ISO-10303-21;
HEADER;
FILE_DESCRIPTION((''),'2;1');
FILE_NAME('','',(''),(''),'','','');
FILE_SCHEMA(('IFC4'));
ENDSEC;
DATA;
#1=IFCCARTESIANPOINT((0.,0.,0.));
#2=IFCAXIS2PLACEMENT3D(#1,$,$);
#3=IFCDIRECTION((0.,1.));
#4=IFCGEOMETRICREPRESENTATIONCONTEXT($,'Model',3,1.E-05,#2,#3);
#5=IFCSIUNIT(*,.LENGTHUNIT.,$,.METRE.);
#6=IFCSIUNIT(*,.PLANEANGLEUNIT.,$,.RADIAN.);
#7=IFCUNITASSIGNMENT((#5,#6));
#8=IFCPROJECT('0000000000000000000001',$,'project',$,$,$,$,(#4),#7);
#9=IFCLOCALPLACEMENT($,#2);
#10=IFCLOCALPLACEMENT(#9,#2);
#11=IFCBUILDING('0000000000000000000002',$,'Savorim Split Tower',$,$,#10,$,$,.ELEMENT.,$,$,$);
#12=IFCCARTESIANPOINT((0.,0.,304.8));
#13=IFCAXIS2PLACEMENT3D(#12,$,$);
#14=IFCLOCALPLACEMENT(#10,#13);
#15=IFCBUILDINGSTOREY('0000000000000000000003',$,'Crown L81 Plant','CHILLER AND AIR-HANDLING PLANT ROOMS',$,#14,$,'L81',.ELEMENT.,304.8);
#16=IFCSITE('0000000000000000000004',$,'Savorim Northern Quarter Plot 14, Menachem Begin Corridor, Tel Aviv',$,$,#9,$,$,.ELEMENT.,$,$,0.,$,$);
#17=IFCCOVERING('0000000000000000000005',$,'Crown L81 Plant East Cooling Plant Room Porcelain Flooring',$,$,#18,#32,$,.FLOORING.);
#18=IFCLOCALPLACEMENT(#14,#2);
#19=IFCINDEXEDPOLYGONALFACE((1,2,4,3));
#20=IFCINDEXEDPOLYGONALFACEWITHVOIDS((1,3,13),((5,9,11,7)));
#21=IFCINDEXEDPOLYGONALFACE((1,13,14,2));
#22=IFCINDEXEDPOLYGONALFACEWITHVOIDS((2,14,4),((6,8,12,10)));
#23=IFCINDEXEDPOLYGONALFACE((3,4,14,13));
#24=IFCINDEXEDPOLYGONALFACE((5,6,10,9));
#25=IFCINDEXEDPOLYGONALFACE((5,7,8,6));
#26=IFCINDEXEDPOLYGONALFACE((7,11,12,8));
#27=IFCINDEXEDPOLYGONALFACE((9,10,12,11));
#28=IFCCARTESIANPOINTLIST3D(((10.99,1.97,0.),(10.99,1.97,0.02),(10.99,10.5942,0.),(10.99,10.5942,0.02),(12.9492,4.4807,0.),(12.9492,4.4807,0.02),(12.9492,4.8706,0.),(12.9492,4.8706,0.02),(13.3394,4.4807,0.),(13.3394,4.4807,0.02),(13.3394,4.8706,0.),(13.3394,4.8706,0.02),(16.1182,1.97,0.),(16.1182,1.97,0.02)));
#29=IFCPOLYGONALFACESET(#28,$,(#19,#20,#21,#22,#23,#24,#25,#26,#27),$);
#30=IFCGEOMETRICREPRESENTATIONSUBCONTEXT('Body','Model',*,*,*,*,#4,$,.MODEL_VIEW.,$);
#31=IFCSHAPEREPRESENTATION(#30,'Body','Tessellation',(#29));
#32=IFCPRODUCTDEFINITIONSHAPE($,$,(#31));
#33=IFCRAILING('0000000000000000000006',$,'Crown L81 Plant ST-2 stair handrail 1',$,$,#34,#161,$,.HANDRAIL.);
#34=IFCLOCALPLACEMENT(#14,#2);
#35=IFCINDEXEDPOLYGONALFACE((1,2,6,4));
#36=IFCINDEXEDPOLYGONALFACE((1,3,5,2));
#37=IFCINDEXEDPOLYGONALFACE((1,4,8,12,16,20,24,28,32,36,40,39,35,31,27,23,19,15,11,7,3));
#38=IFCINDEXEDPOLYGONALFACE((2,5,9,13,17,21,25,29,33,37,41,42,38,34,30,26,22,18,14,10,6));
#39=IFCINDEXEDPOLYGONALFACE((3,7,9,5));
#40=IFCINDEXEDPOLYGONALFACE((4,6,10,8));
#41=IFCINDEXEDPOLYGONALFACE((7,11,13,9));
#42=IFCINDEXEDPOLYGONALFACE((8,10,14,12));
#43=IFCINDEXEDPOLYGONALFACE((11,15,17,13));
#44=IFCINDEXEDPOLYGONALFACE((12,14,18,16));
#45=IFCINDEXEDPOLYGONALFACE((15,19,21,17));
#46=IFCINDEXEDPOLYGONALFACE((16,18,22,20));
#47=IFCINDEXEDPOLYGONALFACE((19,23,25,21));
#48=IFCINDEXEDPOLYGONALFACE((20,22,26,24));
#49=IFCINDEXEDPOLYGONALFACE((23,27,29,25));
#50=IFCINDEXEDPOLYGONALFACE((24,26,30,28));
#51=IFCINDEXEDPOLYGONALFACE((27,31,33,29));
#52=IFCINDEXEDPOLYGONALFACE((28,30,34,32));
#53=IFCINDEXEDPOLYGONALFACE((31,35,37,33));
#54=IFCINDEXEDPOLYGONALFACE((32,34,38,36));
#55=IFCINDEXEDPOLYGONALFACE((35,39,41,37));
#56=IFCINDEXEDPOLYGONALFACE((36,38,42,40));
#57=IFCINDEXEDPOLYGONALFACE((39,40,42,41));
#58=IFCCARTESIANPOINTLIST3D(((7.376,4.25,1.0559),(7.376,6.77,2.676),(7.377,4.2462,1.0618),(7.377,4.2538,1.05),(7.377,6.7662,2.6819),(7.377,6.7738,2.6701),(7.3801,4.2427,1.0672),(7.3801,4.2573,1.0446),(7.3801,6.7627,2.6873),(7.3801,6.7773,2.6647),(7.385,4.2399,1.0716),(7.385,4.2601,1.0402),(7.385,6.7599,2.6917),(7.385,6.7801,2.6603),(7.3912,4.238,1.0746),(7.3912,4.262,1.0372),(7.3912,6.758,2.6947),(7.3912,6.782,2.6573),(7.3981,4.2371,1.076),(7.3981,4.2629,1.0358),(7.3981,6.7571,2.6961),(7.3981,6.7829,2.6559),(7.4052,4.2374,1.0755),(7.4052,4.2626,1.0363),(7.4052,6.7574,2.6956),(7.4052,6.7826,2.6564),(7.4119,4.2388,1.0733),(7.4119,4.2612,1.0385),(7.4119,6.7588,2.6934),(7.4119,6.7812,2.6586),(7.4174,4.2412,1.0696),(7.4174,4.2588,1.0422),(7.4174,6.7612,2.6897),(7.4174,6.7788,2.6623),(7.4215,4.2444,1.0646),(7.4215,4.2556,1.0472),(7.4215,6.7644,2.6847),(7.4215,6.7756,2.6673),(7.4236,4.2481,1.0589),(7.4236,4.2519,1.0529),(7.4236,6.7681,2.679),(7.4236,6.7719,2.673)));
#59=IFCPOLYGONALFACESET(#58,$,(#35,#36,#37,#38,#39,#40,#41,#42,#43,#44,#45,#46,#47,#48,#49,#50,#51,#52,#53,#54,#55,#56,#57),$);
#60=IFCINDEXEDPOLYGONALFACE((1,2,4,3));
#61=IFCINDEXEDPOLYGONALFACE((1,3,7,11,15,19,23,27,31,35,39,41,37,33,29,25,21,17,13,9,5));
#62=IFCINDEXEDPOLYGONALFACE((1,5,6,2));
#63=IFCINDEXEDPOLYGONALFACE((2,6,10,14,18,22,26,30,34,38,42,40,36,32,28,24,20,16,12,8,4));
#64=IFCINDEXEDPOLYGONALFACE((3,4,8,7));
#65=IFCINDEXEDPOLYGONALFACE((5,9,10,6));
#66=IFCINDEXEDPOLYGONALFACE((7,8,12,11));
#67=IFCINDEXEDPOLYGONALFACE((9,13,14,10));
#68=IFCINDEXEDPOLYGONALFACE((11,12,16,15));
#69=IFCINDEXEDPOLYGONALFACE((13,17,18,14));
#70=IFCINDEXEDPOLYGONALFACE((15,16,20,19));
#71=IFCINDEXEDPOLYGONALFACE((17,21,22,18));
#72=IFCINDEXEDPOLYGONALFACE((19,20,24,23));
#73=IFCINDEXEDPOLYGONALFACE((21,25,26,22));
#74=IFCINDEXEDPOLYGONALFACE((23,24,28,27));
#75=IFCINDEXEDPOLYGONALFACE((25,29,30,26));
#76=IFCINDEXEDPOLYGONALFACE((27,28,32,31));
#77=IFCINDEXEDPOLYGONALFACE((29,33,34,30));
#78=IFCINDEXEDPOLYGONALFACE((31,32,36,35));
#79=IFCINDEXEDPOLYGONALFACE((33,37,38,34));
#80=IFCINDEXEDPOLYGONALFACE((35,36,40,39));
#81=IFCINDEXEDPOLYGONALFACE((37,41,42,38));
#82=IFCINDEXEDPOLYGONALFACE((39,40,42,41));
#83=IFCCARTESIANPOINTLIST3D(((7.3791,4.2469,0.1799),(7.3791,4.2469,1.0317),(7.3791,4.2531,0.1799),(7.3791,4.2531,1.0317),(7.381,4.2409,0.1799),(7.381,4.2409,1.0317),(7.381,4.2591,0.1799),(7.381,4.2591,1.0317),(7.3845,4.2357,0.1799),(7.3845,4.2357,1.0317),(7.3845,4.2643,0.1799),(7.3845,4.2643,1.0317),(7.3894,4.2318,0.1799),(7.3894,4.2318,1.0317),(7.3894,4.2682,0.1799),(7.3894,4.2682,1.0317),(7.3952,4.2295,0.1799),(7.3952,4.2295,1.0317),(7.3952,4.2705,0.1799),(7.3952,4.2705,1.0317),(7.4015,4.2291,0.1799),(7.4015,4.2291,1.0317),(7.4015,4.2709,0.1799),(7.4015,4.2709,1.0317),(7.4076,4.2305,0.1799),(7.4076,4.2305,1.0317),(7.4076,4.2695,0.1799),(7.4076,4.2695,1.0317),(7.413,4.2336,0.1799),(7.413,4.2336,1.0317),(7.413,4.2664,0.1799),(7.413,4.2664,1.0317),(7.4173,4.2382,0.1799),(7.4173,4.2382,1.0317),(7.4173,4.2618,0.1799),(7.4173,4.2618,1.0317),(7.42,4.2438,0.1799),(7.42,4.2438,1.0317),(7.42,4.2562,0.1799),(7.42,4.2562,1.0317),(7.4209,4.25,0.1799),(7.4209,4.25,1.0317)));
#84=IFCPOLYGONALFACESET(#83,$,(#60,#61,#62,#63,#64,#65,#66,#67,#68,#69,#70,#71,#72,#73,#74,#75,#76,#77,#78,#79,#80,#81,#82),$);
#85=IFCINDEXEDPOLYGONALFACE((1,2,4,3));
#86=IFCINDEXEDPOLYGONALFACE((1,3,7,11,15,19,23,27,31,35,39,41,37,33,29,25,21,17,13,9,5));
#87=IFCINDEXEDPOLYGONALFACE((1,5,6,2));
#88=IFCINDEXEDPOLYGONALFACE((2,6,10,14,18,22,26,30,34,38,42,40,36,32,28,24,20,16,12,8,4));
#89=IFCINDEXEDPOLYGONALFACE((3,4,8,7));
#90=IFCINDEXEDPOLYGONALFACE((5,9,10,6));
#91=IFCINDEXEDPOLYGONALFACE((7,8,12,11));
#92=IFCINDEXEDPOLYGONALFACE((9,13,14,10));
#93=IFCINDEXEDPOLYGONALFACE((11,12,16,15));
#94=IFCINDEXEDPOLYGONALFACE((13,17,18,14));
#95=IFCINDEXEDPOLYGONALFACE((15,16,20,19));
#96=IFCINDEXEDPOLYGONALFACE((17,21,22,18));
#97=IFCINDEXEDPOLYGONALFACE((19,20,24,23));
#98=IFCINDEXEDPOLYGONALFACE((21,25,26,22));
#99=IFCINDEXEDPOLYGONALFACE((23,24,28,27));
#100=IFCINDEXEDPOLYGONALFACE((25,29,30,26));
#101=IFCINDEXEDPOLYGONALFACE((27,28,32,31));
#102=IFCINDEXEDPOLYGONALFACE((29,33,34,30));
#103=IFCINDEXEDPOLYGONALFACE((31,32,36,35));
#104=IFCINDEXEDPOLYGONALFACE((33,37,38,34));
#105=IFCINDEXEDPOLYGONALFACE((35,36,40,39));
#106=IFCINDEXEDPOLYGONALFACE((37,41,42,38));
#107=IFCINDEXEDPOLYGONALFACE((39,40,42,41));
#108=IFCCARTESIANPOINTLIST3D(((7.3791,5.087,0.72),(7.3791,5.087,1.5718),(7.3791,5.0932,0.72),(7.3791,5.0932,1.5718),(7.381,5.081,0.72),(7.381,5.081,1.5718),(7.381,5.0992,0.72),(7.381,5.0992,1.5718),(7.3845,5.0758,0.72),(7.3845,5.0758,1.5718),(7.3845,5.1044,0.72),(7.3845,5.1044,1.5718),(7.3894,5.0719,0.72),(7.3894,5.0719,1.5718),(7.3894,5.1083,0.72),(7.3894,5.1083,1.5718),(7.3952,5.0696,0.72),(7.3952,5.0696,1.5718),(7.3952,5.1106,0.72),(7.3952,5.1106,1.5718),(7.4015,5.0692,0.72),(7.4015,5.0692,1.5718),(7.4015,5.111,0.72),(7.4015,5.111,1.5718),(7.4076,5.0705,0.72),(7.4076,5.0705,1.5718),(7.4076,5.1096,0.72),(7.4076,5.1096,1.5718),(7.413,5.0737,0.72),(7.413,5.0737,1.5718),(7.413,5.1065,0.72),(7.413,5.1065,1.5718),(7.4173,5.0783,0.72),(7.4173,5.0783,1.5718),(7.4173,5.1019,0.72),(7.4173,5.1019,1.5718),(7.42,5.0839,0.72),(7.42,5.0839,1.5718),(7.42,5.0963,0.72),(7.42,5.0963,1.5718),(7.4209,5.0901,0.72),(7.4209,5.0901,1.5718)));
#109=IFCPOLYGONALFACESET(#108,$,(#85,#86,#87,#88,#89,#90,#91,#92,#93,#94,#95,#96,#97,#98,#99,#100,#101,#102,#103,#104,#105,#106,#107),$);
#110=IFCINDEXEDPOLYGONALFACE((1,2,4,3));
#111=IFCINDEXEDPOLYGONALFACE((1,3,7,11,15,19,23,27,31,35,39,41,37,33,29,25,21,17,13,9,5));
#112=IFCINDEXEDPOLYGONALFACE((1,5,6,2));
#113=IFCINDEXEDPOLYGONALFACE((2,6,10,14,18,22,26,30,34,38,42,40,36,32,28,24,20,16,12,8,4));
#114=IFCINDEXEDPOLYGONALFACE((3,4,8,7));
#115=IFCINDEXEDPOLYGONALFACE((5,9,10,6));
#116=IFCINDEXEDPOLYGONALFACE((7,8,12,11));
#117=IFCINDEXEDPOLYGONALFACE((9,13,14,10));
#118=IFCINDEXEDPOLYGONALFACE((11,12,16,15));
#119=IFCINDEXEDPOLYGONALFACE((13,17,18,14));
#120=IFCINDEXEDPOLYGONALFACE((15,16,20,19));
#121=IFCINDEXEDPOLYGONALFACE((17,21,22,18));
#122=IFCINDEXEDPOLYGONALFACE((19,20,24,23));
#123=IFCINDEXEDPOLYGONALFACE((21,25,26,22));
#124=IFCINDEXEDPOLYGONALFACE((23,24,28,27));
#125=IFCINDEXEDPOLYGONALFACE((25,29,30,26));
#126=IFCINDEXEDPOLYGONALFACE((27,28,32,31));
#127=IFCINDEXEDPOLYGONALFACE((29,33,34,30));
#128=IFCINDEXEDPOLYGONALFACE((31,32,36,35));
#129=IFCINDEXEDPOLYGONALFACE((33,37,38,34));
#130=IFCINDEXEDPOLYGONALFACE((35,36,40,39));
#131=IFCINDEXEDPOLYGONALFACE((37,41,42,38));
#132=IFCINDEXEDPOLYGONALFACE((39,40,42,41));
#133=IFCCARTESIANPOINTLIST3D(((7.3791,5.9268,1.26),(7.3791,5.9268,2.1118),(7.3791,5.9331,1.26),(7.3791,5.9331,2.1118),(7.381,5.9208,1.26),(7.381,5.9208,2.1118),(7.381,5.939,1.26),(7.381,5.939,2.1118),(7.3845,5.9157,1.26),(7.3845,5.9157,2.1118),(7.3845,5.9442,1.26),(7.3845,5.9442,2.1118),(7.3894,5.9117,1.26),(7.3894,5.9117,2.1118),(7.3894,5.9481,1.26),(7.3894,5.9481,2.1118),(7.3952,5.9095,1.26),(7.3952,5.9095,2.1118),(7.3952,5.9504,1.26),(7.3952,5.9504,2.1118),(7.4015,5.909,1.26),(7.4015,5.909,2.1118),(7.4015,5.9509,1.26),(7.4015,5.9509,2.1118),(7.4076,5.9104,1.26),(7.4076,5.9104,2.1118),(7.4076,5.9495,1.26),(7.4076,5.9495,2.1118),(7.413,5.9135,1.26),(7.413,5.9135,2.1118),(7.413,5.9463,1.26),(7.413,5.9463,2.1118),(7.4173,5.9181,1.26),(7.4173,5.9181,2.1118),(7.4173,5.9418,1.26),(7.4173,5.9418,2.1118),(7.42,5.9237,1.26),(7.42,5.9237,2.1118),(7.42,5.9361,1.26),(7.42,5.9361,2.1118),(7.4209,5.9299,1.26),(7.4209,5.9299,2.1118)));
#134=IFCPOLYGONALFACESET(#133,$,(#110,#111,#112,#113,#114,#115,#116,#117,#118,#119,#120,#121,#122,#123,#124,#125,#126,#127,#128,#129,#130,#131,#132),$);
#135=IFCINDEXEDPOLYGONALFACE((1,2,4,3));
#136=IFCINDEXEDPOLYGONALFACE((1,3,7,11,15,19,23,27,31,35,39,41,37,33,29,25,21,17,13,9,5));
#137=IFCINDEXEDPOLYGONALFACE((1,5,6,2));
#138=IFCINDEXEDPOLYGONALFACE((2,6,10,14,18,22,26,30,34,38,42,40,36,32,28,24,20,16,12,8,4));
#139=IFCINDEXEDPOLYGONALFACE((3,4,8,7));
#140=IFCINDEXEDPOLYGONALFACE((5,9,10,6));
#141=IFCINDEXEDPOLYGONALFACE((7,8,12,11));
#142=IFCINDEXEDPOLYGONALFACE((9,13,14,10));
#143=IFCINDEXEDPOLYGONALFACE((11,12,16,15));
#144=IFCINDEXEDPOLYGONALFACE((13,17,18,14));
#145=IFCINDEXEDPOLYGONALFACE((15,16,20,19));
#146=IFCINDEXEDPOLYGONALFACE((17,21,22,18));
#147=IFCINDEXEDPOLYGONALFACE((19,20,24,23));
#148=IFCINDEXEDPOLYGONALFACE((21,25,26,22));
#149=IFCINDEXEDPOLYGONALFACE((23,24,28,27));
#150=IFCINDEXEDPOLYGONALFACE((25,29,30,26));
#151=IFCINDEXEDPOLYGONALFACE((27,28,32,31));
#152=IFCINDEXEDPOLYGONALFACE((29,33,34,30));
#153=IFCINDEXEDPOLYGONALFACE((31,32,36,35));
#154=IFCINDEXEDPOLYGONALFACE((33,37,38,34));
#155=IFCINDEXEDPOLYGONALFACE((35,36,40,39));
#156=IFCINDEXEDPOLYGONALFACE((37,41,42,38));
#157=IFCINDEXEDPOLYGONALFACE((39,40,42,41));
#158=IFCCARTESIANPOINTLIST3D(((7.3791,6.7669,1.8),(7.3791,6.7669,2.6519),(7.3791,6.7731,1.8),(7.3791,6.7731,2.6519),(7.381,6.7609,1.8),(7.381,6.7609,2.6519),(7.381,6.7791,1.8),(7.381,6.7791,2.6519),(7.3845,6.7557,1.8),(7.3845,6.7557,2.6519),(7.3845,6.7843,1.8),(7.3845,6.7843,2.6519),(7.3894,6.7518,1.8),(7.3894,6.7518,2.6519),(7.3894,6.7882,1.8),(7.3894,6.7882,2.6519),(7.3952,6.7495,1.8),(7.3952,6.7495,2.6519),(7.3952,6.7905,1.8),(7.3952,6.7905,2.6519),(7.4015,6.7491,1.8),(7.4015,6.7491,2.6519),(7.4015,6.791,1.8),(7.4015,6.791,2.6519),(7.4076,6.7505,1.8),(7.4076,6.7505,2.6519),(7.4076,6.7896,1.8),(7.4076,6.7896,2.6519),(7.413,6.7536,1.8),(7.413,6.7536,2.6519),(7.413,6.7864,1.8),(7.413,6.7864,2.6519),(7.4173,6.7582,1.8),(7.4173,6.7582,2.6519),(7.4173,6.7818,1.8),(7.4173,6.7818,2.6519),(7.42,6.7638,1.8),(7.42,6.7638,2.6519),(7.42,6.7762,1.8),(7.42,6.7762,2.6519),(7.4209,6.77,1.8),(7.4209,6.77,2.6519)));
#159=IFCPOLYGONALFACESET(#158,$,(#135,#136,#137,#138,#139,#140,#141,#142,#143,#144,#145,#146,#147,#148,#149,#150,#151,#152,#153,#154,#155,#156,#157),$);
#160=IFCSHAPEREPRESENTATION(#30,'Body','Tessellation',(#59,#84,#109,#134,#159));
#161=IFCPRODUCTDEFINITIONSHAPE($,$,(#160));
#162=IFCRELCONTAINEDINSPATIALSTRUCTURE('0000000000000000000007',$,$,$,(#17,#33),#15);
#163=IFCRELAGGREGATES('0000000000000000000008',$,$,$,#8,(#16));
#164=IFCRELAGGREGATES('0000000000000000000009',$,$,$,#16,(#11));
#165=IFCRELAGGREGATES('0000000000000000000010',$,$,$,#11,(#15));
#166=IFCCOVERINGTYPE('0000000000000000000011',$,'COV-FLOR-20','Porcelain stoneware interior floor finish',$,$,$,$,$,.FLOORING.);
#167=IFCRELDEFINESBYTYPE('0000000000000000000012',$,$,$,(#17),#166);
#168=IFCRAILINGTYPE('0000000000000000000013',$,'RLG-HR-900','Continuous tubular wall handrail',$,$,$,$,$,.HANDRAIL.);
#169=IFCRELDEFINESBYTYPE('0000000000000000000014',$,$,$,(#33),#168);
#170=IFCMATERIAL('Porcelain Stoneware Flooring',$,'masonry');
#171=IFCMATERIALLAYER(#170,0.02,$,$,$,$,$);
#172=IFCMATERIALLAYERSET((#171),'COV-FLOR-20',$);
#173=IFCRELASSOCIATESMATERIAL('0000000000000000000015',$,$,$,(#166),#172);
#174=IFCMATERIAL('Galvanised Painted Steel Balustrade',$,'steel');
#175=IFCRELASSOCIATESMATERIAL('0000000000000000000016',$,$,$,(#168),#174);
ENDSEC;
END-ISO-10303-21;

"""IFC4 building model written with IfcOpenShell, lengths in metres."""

from ifc_helpers import new_model, si_unit, direction, frame, origin, origin_2d, place, context, subcontext, project, spatial, polyline, circle, outline, extrude, material, layer, layer_set, type_object, element, save


model = new_model("IFC4")

# Units and contexts
model_context = context("Model", 3, precision=1e-05, world=origin(), true_north=direction((0.0, 1.0)))
body_context = subcontext(model_context, "Body", "Model", "MODEL_VIEW")
ifc_project = project(units=[si_unit("LENGTHUNIT", "METRE"), si_unit("PLANEANGLEUNIT", "RADIAN")], contexts=[model_context])

# Site, building, storey
site_placement = place(None, origin())
site = spatial("IfcSite", under=ifc_project, at=site_placement, Name="Savorim Northern Quarter Plot 14, Menachem Begin Corridor, Tel Aviv", CompositionType="ELEMENT", RefElevation=0.0)
building_placement = place(site_placement, origin())
building = spatial("IfcBuilding", under=site, at=building_placement, Name="Savorim Split Tower", CompositionType="ELEMENT")
storey_placement = place(building_placement, frame((0.0, 0.0, 304.8)))
storey = spatial("IfcBuildingStorey", under=building, at=storey_placement, Name="Crown L81 Plant", Description="CHILLER AND AIR-HANDLING PLANT ROOMS", LongName="L81", CompositionType="ELEMENT", Elevation=304.8)

# Covering
ifc_material_1 = material(Name="Porcelain Stoneware Flooring", Category="masonry")
ifc_layer_1 = layer(ifc_material_1, 0.02)
ifc_layer_set_1 = layer_set([ifc_layer_1], Name="COV-FLOR-20")
covering_type_1 = type_object("IfcCoveringType", Name="COV-FLOR-20", Description="Porcelain stoneware interior floor finish", PredefinedType="FLOORING", material=ifc_layer_set_1)
covering_1_placement = place(storey_placement, origin())
element("IfcCovering", 1, at=covering_1_placement, inside=storey, type_object=covering_type_1, Name="Crown L81 Plant East Cooling Plant Room Porcelain Flooring", PredefinedType="FLOORING", context=body_context, shape_type="SweptSolid", body=[
    extrude(outline(polyline([(10.99, 10.5942), (10.99, 1.97), (16.1182, 1.97), (10.99, 10.5942)]), holes=[polyline([(12.9492, 4.8706), (12.9492, 4.4807), (13.3394, 4.4807), (13.3394, 4.8706), (12.9492, 4.8706)])]), origin(), (0.0, 0.0, 1.0), 0.02),
])

# Railing
ifc_material_2 = material(Name="Galvanised Painted Steel Balustrade", Category="steel")
railing_type_1 = type_object("IfcRailingType", Name="RLG-HR-900", Description="Continuous tubular wall handrail", PredefinedType="HANDRAIL", material=ifc_material_2)
railing_1_placement = place(storey_placement, frame((7.3999, 4.25, 0.1799)))
element("IfcRailing", 2, at=railing_1_placement, inside=storey, type_object=railing_type_1, Name="Crown L81 Plant ST-2 stair handrail 1", PredefinedType="HANDRAIL", context=body_context, shape_type="SweptSolid", body=[
    extrude(circle(Radius=0.0239, at=origin_2d()), frame((0.0, 0.0, 0.876), z_axis=(0.0, 0.841163, 0.540782), x_axis=(-1.0, 0.0, 0.0)), (0.0, 0.0, 1.0), 2.9958),
    extrude(circle(Radius=0.021, at=origin_2d()), origin(), (0.0, 0.0, 1.0), 0.8518),
    extrude(circle(Radius=0.021, at=origin_2d()), frame((0.0, 0.8401, 0.54)), (0.0, 0.0, 1.0), 0.8518),
    extrude(circle(Radius=0.021, at=origin_2d()), frame((0.0, 1.6799, 1.0801)), (0.0, 0.0, 1.0), 0.8518),
    extrude(circle(Radius=0.021, at=origin_2d()), frame((0.0, 2.52, 1.6201)), (0.0, 0.0, 1.0), 0.8518),
])

save(model, "model.ifc")
